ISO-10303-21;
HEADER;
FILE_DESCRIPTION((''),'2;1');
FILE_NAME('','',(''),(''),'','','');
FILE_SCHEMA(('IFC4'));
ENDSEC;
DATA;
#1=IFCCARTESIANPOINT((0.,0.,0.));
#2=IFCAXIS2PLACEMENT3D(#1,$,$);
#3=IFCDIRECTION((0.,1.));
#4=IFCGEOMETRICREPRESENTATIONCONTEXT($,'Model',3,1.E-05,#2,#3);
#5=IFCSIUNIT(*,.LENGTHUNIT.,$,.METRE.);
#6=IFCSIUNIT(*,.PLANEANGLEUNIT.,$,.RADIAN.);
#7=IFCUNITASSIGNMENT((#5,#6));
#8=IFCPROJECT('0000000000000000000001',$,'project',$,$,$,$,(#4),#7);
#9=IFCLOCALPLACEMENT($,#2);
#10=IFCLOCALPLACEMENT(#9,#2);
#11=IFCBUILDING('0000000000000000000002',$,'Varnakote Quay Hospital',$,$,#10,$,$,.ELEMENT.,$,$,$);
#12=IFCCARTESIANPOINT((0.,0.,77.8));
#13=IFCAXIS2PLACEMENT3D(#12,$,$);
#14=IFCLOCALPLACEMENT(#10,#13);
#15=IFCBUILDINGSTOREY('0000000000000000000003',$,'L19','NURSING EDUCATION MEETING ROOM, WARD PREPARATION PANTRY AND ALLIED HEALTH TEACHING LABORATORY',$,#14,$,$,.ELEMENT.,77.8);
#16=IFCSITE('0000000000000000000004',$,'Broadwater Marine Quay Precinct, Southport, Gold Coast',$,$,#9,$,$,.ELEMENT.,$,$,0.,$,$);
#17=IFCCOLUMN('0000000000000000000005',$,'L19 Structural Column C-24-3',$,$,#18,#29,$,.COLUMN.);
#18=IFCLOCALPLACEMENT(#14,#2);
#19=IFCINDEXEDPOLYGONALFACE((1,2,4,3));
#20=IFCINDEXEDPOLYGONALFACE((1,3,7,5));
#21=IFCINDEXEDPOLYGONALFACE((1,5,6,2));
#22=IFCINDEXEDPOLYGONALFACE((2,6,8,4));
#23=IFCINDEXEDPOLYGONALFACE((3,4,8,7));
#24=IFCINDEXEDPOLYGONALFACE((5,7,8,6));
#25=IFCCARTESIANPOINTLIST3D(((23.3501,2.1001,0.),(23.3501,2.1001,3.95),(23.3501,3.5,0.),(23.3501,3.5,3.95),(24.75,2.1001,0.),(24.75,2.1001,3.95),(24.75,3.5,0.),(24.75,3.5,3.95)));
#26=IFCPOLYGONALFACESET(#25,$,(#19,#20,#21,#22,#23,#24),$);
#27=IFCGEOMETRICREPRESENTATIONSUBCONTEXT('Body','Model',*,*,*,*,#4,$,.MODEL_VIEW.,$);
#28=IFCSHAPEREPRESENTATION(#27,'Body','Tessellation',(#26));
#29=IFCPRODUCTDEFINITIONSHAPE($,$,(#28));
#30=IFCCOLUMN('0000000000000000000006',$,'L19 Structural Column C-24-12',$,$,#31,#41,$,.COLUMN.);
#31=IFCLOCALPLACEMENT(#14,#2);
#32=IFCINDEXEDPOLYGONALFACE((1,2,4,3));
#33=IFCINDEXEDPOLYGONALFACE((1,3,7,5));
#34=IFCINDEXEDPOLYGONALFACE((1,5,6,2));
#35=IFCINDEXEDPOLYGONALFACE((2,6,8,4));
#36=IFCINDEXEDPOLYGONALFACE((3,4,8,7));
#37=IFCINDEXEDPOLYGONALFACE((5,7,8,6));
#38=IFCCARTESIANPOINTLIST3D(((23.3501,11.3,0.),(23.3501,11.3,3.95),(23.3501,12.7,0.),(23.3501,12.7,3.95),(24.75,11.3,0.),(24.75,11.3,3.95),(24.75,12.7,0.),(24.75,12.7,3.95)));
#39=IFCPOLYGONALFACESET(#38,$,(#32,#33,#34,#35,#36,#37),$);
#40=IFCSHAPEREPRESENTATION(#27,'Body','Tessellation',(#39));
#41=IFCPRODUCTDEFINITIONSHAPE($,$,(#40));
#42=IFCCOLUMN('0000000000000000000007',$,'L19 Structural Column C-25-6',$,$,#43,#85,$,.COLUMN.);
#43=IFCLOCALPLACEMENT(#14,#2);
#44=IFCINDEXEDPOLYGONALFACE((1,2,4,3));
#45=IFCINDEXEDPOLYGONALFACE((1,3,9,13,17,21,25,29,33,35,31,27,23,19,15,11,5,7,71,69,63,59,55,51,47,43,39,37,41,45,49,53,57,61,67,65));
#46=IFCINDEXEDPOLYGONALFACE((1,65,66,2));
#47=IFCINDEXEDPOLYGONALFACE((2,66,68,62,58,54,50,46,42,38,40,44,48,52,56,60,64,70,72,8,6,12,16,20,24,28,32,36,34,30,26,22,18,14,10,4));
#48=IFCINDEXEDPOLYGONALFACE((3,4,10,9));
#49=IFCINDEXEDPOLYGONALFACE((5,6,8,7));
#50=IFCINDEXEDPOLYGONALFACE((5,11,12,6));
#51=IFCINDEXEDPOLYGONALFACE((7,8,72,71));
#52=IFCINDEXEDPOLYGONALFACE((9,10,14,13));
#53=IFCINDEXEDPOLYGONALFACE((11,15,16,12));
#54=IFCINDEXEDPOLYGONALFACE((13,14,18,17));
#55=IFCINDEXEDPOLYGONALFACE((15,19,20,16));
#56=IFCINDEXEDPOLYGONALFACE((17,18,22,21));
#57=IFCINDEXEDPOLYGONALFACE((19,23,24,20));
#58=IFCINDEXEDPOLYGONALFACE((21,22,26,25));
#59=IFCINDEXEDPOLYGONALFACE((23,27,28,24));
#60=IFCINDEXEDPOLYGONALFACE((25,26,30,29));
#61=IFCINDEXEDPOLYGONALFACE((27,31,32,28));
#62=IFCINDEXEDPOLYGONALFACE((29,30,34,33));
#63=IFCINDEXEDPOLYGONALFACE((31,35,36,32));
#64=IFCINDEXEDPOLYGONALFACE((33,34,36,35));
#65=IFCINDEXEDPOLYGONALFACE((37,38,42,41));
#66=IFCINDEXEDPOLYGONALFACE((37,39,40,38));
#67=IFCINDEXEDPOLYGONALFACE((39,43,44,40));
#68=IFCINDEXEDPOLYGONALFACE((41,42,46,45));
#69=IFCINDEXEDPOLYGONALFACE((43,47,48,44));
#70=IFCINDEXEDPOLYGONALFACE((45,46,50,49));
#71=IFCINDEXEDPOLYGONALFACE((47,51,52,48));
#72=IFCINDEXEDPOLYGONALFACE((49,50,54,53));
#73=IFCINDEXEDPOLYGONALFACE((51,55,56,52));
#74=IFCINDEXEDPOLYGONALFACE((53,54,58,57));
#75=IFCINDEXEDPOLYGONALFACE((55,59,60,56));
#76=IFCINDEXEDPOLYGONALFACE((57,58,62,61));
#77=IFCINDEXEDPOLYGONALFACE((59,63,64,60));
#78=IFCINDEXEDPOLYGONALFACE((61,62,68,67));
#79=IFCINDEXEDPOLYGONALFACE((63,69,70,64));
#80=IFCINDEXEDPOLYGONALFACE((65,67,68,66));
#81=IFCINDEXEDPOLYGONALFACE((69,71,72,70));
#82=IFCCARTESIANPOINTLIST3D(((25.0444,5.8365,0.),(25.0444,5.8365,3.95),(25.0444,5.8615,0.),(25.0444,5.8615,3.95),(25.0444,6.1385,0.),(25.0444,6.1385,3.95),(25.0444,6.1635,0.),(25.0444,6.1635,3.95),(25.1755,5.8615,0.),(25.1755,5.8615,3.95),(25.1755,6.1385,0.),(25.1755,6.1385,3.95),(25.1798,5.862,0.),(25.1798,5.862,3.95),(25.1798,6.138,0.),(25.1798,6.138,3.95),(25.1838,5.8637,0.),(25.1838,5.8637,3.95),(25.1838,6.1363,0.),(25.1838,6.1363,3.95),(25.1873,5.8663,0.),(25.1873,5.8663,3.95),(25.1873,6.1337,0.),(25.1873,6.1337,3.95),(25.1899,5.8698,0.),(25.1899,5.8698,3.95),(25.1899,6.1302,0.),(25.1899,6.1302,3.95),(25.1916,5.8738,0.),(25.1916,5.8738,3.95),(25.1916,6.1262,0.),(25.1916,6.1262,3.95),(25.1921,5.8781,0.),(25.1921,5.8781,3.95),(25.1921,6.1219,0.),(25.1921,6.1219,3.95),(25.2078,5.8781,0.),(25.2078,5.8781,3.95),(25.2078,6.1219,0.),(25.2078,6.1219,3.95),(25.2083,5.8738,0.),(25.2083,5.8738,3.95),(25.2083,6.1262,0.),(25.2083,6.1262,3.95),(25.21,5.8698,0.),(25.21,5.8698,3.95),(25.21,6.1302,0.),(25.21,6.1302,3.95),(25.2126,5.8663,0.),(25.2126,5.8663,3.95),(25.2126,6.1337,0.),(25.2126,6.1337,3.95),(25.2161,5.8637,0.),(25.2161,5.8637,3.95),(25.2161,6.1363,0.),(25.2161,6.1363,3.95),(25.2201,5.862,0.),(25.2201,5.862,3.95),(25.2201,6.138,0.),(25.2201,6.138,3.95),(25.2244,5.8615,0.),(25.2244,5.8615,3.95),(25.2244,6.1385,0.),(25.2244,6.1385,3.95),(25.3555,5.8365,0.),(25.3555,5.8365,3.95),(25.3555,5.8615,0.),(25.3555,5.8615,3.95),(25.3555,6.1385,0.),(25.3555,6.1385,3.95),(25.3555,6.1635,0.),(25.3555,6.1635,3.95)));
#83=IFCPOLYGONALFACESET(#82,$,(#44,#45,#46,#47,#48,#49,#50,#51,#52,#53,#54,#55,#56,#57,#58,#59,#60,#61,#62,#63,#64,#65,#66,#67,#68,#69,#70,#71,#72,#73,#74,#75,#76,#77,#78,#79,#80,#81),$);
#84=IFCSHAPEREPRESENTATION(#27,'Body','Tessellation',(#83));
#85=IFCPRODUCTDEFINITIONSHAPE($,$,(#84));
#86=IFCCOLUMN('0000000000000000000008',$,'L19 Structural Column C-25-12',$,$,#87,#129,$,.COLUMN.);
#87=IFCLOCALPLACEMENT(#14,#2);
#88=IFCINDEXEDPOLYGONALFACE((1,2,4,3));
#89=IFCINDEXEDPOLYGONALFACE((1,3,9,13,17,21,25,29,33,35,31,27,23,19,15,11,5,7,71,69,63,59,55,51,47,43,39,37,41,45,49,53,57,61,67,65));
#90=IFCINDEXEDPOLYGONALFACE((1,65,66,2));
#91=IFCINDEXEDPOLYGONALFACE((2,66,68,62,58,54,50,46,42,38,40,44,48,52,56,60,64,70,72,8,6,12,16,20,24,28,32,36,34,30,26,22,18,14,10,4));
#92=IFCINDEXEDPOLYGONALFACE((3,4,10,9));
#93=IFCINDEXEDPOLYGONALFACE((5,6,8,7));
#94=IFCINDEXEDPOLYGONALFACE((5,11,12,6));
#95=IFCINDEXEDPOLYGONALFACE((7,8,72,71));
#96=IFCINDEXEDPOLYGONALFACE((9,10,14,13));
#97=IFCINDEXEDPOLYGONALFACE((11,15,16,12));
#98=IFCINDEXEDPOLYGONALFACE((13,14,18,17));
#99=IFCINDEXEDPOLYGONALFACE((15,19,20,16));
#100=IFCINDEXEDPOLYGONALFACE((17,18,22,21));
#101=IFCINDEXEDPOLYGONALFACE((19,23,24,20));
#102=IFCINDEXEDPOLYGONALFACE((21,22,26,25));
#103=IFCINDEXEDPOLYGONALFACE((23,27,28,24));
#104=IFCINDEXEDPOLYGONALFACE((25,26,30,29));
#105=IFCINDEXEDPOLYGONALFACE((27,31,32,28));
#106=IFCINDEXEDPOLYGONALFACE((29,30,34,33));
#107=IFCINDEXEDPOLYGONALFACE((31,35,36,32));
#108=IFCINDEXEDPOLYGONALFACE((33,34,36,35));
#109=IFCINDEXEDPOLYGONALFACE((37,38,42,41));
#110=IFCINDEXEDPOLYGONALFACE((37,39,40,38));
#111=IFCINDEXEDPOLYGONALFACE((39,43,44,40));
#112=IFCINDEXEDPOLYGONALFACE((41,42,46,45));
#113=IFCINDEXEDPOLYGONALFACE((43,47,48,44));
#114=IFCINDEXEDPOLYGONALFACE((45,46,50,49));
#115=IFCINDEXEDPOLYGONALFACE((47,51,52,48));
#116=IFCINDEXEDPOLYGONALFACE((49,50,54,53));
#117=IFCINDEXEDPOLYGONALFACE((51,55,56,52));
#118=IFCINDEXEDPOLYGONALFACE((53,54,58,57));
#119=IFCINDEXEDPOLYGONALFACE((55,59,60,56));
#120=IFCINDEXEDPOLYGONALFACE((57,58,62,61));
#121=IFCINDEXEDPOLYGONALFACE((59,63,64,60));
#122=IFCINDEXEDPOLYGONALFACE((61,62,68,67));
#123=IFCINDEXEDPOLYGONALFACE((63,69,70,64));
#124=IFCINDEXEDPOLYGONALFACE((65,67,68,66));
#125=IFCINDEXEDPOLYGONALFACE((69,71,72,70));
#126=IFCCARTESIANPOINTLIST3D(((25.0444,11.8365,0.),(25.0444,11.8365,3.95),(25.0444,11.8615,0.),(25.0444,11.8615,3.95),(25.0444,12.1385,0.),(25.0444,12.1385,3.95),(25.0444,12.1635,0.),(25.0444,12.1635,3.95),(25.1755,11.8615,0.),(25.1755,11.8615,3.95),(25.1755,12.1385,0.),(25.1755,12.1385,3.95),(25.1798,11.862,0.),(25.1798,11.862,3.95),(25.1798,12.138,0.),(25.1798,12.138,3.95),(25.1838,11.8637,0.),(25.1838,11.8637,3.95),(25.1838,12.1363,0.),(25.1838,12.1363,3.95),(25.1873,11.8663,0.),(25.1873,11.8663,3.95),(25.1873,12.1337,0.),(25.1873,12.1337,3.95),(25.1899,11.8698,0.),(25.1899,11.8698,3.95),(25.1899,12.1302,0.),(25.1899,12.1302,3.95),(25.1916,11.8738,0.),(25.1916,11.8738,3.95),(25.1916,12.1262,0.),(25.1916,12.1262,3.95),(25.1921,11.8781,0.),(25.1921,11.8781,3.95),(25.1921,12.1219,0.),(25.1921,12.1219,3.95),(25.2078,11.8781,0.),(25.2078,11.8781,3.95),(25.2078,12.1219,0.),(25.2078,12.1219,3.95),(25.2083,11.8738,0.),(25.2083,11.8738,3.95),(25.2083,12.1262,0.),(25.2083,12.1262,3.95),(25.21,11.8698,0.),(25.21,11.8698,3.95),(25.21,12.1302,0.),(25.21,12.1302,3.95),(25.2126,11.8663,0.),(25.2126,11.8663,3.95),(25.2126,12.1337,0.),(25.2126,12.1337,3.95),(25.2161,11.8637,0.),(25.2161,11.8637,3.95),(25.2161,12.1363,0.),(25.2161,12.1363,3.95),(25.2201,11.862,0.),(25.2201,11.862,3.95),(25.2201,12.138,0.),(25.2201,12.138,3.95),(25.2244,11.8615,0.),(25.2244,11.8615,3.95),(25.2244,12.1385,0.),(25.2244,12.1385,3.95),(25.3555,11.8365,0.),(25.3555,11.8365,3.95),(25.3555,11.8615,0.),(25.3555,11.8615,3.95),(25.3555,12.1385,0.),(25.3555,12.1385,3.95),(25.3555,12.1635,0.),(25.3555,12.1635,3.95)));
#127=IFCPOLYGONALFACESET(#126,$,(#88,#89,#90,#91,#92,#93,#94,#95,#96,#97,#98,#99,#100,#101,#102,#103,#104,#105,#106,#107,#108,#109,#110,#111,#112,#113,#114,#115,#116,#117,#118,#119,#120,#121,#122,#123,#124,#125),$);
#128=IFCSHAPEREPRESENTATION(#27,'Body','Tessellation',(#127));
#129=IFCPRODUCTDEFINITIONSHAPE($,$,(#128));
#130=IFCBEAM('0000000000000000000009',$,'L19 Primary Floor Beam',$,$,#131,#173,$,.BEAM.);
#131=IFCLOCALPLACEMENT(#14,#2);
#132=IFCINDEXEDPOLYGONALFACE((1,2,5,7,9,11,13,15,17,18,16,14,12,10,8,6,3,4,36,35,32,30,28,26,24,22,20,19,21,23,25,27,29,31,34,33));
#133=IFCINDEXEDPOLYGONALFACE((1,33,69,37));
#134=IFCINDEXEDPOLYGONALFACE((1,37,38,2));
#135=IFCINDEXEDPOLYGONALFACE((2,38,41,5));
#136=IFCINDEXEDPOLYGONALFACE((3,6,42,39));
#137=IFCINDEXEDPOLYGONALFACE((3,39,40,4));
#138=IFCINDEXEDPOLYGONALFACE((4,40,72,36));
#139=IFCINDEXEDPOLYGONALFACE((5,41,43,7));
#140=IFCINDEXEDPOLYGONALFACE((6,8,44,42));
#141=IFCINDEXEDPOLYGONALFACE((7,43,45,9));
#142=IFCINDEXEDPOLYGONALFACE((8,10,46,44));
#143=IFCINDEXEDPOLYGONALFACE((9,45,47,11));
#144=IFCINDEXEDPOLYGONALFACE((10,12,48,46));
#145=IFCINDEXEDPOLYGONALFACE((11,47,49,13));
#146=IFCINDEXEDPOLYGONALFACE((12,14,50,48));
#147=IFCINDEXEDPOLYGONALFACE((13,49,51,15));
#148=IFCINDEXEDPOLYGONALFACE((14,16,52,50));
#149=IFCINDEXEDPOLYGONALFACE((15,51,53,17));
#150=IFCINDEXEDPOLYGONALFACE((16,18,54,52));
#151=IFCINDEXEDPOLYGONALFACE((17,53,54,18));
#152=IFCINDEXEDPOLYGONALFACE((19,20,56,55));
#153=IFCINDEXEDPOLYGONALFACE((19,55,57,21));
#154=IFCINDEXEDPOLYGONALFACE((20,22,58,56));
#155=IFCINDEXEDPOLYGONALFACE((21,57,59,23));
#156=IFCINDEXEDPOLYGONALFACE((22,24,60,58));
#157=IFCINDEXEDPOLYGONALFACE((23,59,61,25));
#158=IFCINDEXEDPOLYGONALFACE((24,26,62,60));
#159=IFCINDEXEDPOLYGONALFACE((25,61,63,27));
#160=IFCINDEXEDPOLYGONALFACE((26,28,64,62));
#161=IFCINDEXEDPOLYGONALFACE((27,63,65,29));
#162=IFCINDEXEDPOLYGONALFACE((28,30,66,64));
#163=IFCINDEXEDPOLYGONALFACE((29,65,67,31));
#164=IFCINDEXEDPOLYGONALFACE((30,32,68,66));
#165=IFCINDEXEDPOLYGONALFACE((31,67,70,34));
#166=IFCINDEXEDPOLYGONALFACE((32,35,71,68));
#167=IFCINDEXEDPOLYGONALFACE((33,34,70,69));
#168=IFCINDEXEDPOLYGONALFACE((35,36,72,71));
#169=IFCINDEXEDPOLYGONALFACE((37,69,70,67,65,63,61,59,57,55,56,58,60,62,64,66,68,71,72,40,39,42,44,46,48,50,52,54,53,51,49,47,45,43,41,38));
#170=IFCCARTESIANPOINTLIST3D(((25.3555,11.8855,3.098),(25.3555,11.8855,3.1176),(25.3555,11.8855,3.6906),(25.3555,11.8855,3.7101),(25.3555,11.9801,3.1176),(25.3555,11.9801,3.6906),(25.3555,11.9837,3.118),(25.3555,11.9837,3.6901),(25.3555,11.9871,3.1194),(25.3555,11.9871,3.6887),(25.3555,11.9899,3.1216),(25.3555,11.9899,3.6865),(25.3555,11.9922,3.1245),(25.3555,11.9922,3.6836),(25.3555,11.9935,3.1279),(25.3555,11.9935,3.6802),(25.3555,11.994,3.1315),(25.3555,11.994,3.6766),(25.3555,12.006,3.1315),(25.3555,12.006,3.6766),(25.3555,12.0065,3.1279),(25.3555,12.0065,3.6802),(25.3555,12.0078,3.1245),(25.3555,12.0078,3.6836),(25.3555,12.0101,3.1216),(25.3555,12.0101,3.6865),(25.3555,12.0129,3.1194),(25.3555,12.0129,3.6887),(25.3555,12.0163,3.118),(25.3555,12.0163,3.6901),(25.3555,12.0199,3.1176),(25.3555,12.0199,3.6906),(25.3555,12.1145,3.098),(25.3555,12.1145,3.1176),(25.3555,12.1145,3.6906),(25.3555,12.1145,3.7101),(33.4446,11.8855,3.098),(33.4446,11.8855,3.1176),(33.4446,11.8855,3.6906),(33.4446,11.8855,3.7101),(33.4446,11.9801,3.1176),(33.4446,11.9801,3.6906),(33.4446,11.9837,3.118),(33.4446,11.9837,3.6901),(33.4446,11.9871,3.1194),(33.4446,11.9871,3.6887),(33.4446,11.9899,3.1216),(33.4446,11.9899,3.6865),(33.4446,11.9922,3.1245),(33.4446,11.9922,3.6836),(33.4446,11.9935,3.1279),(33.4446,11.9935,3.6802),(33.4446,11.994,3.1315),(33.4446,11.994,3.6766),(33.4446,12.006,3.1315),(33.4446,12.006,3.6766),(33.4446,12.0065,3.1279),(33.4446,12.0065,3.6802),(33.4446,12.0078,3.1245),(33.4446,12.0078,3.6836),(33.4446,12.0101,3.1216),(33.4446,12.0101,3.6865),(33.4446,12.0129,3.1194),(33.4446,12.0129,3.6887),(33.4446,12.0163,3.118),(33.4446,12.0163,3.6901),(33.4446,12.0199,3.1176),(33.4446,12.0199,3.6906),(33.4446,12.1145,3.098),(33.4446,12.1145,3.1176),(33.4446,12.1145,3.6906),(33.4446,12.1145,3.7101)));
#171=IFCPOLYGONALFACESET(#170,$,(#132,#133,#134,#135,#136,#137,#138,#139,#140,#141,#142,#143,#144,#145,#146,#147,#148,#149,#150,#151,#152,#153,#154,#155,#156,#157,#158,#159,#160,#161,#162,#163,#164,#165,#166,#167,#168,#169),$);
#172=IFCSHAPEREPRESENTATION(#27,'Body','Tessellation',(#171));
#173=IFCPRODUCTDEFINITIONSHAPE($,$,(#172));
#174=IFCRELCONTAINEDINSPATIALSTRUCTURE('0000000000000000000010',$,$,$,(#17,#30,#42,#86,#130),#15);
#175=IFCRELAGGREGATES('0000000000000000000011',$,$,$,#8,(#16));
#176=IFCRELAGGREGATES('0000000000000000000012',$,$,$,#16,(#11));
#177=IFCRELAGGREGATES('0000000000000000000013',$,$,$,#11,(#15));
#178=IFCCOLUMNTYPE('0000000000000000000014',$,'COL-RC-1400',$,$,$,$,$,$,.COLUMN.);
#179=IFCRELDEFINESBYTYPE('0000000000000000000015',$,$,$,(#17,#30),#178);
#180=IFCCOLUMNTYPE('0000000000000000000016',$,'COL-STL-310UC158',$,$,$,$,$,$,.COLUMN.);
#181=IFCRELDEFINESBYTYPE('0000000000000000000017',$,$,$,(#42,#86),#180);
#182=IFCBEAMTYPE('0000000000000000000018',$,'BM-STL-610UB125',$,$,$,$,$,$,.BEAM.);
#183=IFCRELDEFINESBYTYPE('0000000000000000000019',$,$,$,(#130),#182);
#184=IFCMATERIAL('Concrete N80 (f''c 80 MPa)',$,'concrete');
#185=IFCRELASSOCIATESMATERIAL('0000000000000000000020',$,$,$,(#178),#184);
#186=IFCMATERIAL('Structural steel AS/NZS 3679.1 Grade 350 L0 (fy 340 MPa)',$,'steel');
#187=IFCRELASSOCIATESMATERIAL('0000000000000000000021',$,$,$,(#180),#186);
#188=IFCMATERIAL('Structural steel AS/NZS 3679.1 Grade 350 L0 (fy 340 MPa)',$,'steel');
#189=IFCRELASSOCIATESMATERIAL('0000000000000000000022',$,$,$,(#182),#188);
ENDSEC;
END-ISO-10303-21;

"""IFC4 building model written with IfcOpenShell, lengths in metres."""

from ifc_helpers import new_model, si_unit, direction, frame, origin, origin_2d, place, context, subcontext, project, spatial, rectangle, i_section, extrude, material, material_profile, profile_set, type_object, element, save


model = new_model("IFC4")

# Units and contexts
model_context = context("Model", 3, precision=1e-05, world=origin(), true_north=direction((0.0, 1.0)))
body_context = subcontext(model_context, "Body", "Model", "MODEL_VIEW")
ifc_project = project(units=[si_unit("LENGTHUNIT", "METRE"), si_unit("PLANEANGLEUNIT", "RADIAN")], contexts=[model_context])

# Site, building, storey
site_placement = place(None, origin())
site = spatial("IfcSite", under=ifc_project, at=site_placement, Name="Broadwater Marine Quay Precinct, Southport, Gold Coast", CompositionType="ELEMENT", RefElevation=0.0)
building_placement = place(site_placement, origin())
building = spatial("IfcBuilding", under=site, at=building_placement, Name="Varnakote Quay Hospital", CompositionType="ELEMENT")
storey_placement = place(building_placement, frame((0.0, 0.0, 77.8)))
storey = spatial("IfcBuildingStorey", under=building, at=storey_placement, Name="L19", Description="NURSING EDUCATION MEETING ROOM, WARD PREPARATION PANTRY AND ALLIED HEALTH TEACHING LABORATORY", CompositionType="ELEMENT", Elevation=77.8)

# Columns
ifc_material_1 = material(Name="Concrete N80 (f'c 80 MPa)", Category="concrete")
ifc_material_profile_1 = material_profile(ifc_material_1, rectangle(XDim=1.3999, YDim=1.3999, at=origin_2d()), Name="RC-COL-1400x1400")
ifc_profile_set_1 = profile_set([ifc_material_profile_1], Name="Concrete N80 (f'c 80 MPa)")
column_type_1 = type_object("IfcColumnType", Name="COL-RC-1400", PredefinedType="COLUMN", material=ifc_profile_set_1)
for number, where, z_axis, x_axis, name in (
    (1, (24.05, 2.8, 0.0), (0.0, 0.0, 1.0), (1.0, 0.0, 0.0), "L19 Structural Column C-24-3"),
    (2, (24.05, 12.0, 0.0), (0.0, 0.0, 1.0), (1.0, 0.0, 0.0), "L19 Structural Column C-24-12"),
):
    element("IfcColumn", number, at=place(storey_placement, frame(where, z_axis=z_axis, x_axis=x_axis)), inside=storey, type_object=column_type_1, Name=name, PredefinedType="COLUMN", context=body_context, shape_type="SweptSolid", body=[
        extrude(rectangle(XDim=1.3999, YDim=1.3999, at=origin_2d()), origin(), (0.0, 0.0, 1.0), 3.95),
    ])
ifc_material_2 = material(Name="Structural steel AS/NZS 3679.1 Grade 350 L0 (fy 340 MPa)", Category="steel")
ifc_material_profile_2 = material_profile(ifc_material_2, i_section(OverallWidth=0.311, OverallDepth=0.3269, WebThickness=0.0156, FlangeThickness=0.0249, FilletRadius=0.0166, at=origin_2d()), Name="310UC158")
ifc_profile_set_2 = profile_set([ifc_material_profile_2], Name="Structural steel AS/NZS 3679.1 Grade 350 L0 (fy 340 MPa)")
column_type_2 = type_object("IfcColumnType", Name="COL-STL-310UC158", PredefinedType="COLUMN", material=ifc_profile_set_2)
for number, where, z_axis, x_axis, name in (
    (3, (25.2, 6.0, 0.0), (0.0, 0.0, 1.0), (1.0, 0.0, 0.0), "L19 Structural Column C-25-6"),
    (4, (25.2, 12.0, 0.0), (0.0, 0.0, 1.0), (1.0, 0.0, 0.0), "L19 Structural Column C-25-12"),
):
    element("IfcColumn", number, at=place(storey_placement, frame(where, z_axis=z_axis, x_axis=x_axis)), inside=storey, type_object=column_type_2, Name=name, PredefinedType="COLUMN", context=body_context, shape_type="SweptSolid", body=[
        extrude(i_section(OverallWidth=0.311, OverallDepth=0.3269, WebThickness=0.0156, FlangeThickness=0.0249, FilletRadius=0.0166, at=origin_2d()), origin(), (0.0, 0.0, 1.0), 3.95),
    ])

# Beam
ifc_material_3 = material(Name="Structural steel AS/NZS 3679.1 Grade 350 L0 (fy 340 MPa)", Category="steel")
ifc_material_profile_3 = material_profile(ifc_material_3, i_section(OverallWidth=0.229, OverallDepth=0.6121, WebThickness=0.012, FlangeThickness=0.0195, FilletRadius=0.0139, at=origin_2d()), Name="610UB125")
ifc_profile_set_3 = profile_set([ifc_material_profile_3], Name="Structural steel AS/NZS 3679.1 Grade 350 L0 (fy 340 MPa)")
beam_type_1 = type_object("IfcBeamType", Name="BM-STL-610UB125", PredefinedType="BEAM", material=ifc_profile_set_3)
beam_1_placement = place(storey_placement, frame((25.3555, 12.0, 3.4041), z_axis=(1.0, 0.0, 0.0), x_axis=(0.0, 1.0, 0.0)))
element("IfcBeam", 5, at=beam_1_placement, inside=storey, type_object=beam_type_1, Name="L19 Primary Floor Beam", PredefinedType="BEAM", context=body_context, shape_type="SweptSolid", body=[
    extrude(i_section(OverallWidth=0.229, OverallDepth=0.6121, WebThickness=0.012, FlangeThickness=0.0195, FilletRadius=0.0139, at=origin_2d()), origin(), (0.0, 0.0, 1.0), 8.0891),
])

save(model, "model.ifc")
